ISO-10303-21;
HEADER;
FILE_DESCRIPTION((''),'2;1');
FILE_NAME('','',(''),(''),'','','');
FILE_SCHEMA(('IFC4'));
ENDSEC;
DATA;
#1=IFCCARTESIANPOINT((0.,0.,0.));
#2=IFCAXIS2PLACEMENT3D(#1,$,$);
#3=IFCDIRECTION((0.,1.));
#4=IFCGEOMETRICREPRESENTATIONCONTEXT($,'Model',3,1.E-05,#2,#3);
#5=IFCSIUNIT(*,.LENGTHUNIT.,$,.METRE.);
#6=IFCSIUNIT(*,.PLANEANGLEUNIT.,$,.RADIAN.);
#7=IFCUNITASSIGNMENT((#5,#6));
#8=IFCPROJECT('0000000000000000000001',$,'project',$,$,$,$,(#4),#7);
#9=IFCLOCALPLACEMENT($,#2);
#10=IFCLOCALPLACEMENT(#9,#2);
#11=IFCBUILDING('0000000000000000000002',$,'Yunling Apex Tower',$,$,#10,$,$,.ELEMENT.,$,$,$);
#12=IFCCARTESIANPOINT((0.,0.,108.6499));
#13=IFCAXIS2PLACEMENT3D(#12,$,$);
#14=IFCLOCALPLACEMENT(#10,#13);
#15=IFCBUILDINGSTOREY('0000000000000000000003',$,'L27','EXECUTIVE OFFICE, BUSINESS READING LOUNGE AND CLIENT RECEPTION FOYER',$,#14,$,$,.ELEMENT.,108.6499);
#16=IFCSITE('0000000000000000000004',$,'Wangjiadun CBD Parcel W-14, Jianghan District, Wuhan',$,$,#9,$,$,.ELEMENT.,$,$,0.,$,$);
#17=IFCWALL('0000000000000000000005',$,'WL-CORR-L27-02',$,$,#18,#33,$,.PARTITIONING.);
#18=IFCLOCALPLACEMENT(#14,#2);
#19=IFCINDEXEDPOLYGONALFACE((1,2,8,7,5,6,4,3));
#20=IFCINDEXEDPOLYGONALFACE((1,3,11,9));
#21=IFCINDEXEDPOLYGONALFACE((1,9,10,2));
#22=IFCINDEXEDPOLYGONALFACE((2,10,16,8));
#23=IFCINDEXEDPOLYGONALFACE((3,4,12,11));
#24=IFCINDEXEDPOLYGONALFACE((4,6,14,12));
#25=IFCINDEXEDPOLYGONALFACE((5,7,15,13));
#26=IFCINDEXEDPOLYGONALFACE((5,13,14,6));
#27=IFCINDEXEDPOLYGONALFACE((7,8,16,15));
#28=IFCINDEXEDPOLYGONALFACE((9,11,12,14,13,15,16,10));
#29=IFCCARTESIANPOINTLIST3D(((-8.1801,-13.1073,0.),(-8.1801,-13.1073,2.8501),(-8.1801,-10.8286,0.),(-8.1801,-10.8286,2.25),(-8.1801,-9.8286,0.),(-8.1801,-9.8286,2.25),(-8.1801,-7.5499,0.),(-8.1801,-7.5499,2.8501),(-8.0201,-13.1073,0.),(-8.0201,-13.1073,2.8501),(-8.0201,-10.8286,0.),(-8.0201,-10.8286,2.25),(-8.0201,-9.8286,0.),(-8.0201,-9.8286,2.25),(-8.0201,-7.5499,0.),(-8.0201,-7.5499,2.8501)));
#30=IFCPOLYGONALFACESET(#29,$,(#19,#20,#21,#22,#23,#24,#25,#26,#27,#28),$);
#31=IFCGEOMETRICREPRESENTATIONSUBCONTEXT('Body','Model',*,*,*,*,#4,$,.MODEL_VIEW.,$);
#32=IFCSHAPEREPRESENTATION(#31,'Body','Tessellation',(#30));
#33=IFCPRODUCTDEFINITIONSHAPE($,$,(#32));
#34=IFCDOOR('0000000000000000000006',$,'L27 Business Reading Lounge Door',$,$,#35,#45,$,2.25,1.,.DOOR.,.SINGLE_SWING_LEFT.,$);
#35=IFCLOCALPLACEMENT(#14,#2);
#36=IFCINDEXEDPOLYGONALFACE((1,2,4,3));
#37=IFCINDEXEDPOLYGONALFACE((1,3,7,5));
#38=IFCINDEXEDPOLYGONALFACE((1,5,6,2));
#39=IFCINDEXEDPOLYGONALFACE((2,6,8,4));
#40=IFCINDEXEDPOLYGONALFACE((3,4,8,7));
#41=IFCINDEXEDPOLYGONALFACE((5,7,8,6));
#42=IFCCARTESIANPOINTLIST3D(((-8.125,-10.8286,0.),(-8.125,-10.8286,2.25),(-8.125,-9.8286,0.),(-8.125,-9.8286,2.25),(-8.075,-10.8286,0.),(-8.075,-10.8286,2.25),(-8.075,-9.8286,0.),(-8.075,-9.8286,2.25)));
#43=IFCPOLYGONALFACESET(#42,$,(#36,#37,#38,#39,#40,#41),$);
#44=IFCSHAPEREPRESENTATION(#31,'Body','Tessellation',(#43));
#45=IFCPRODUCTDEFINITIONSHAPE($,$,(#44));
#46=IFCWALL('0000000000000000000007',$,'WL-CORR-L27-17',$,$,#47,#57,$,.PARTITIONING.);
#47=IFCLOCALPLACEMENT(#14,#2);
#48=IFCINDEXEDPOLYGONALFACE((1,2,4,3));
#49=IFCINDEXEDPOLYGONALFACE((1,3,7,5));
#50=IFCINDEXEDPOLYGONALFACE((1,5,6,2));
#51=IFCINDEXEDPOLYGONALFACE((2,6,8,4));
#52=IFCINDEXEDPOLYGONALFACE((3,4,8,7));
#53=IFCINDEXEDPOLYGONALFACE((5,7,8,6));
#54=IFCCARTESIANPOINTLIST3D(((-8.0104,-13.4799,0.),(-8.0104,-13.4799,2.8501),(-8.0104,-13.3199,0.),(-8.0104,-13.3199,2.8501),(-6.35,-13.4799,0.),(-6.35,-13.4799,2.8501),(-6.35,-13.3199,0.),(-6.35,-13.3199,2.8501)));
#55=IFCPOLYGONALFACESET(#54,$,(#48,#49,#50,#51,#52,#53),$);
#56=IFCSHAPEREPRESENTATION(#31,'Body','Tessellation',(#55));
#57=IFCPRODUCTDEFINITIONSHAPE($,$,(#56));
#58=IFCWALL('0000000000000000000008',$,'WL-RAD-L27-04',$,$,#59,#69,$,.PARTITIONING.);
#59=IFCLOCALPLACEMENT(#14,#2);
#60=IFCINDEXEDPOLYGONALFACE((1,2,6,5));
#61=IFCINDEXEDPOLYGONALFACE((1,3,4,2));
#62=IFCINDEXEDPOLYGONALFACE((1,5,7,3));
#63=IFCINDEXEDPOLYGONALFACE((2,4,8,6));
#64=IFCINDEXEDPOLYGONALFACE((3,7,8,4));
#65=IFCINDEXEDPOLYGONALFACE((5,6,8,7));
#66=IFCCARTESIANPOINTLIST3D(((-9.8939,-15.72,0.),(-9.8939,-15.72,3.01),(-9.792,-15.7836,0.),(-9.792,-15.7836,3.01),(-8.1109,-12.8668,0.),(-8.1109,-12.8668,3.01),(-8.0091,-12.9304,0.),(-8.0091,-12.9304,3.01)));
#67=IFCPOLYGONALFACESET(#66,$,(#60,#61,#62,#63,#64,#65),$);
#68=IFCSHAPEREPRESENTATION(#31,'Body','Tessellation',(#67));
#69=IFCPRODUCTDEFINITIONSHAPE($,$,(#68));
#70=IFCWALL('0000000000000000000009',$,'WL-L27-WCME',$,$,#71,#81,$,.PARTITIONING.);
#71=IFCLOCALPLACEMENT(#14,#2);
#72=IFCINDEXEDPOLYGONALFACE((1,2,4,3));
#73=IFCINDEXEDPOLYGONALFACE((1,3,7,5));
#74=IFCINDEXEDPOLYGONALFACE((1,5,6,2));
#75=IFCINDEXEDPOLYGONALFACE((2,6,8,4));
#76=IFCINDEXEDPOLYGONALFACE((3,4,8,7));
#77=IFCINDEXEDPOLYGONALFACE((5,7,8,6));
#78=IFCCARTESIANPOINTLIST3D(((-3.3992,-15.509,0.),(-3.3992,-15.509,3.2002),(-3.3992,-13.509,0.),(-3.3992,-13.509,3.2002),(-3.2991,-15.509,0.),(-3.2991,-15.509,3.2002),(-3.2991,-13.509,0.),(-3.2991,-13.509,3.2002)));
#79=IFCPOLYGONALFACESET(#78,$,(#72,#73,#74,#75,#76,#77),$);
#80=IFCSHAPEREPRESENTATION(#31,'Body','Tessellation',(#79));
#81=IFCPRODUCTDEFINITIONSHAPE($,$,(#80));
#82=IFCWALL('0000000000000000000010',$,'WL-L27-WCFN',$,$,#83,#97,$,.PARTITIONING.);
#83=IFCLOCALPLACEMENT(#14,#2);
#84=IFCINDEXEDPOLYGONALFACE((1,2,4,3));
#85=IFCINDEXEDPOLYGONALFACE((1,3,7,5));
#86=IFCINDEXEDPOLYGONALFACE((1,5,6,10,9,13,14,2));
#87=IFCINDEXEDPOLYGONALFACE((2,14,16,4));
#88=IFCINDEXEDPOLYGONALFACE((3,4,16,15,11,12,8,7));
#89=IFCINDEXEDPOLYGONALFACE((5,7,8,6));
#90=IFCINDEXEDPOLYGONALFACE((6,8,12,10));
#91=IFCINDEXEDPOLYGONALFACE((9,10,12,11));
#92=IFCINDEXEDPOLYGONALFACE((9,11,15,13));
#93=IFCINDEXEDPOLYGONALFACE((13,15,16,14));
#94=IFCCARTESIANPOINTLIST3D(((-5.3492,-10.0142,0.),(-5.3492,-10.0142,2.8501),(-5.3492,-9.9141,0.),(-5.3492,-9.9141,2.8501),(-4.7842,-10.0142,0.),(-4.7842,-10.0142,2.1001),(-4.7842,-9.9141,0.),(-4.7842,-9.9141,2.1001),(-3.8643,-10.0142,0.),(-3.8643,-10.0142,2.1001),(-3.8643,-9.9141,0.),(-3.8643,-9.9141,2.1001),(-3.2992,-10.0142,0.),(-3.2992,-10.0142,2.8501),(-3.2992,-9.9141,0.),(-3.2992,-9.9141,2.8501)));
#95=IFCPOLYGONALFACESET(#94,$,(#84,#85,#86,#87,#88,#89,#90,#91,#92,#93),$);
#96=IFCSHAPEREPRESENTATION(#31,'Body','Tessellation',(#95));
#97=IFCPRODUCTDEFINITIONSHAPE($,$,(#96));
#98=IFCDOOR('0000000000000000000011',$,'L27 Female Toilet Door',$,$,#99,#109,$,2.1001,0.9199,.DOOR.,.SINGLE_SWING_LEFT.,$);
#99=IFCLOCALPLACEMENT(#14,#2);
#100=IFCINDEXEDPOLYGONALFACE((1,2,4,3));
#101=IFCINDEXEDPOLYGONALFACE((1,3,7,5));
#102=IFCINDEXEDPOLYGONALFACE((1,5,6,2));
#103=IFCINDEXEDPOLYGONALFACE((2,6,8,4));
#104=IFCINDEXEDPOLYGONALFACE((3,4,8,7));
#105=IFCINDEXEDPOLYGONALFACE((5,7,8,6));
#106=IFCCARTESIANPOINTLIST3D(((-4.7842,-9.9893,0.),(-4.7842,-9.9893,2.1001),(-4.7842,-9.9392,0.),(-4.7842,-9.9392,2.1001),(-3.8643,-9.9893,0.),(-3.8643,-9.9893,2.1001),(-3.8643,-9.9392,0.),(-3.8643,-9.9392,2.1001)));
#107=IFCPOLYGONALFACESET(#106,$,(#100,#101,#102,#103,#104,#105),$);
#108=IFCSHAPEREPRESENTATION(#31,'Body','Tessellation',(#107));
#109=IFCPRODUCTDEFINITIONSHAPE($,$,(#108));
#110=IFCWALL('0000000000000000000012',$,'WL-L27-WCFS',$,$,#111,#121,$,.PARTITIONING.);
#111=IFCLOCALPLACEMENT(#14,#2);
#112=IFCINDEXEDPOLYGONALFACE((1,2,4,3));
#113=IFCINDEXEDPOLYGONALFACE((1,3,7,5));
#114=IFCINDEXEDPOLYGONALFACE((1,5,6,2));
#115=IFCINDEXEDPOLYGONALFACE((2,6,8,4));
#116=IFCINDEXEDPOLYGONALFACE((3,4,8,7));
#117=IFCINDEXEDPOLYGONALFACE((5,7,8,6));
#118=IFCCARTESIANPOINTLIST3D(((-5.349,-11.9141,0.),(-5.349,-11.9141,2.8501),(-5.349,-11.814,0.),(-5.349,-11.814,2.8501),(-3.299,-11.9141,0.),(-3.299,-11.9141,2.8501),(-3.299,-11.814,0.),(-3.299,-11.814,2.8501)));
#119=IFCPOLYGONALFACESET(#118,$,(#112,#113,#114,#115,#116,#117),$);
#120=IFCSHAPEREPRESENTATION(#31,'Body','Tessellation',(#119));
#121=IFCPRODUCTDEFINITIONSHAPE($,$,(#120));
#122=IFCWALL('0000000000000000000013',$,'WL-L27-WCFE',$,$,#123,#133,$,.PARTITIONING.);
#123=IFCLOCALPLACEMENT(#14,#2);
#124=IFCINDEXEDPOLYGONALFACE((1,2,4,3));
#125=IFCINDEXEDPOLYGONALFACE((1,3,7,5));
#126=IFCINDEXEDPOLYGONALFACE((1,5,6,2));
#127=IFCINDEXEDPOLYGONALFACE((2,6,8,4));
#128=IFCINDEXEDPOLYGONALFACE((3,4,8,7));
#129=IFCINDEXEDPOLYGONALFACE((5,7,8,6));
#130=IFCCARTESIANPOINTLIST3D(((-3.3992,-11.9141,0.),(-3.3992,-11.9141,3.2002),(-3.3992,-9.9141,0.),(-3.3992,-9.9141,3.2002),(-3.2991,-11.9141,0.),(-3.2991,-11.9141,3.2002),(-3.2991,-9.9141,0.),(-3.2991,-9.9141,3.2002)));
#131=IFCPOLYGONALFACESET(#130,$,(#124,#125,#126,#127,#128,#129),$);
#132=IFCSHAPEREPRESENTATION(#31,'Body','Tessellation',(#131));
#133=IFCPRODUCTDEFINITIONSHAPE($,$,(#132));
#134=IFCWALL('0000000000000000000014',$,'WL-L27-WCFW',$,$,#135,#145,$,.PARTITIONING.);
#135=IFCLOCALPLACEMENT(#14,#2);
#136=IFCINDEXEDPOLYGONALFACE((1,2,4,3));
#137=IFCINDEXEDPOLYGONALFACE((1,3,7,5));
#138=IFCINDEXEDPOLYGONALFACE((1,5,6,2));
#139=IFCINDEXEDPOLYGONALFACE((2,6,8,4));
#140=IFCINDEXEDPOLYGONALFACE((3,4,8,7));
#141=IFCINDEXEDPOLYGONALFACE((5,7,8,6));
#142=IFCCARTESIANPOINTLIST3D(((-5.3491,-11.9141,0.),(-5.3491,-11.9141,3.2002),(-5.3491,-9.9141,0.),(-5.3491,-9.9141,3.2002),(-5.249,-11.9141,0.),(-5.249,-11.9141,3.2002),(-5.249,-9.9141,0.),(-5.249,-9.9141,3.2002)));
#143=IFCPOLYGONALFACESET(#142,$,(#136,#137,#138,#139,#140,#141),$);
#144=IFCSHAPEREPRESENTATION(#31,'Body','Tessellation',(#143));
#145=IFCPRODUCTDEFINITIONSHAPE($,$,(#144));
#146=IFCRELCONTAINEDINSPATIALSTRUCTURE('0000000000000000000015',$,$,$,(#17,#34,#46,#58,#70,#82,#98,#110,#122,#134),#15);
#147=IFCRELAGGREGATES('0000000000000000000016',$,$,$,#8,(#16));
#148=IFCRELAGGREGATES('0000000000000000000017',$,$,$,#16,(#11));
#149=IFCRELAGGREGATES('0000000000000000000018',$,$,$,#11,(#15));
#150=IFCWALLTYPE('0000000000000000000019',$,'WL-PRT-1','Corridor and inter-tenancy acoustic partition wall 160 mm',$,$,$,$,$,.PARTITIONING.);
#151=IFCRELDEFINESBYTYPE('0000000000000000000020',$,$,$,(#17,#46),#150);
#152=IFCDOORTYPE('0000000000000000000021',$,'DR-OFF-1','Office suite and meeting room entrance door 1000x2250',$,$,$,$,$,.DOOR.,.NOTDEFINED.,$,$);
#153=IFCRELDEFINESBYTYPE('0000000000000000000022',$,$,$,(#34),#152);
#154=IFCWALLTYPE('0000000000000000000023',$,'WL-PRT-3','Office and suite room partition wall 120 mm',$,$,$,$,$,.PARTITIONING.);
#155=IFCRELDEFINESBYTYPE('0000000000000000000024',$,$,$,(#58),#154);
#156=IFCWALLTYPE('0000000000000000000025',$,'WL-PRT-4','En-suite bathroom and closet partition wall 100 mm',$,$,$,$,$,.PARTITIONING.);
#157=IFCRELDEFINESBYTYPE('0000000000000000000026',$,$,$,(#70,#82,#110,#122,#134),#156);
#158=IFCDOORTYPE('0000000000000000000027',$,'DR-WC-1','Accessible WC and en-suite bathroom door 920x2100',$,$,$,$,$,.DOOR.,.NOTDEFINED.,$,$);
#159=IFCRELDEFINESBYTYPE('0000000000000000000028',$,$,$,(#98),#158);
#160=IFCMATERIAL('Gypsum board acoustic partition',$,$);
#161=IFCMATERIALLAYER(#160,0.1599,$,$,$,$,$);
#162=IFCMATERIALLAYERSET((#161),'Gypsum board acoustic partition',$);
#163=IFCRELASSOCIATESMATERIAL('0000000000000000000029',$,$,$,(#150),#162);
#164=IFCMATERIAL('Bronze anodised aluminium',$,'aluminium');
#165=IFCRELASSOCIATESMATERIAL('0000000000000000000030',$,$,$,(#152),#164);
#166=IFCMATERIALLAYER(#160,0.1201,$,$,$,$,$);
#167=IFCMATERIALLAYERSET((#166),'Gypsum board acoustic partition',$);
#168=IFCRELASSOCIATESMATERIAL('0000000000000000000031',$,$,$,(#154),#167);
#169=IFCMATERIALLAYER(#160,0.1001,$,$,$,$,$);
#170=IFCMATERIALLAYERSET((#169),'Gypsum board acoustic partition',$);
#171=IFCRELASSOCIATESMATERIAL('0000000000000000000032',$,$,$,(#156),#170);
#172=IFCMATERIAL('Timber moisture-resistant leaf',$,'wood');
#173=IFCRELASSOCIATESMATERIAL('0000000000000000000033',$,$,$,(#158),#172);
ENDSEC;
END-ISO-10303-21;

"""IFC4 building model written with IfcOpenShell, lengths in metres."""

from ifc_helpers import new_model, si_unit, direction, frame, frame_2d, origin, place, context, subcontext, project, spatial, rectangle, extrude, material, layer, layer_set, type_object, element, fill, save


model = new_model("IFC4")

# Units and contexts
model_context = context("Model", 3, precision=1e-05, world=origin(), true_north=direction((0.0, 1.0)))
body_context = subcontext(model_context, "Body", "Model", "MODEL_VIEW")
ifc_project = project(units=[si_unit("LENGTHUNIT", "METRE"), si_unit("PLANEANGLEUNIT", "RADIAN")], contexts=[model_context])

# Site, building, storey
site_placement = place(None, origin())
site = spatial("IfcSite", under=ifc_project, at=site_placement, Name="Wangjiadun CBD Parcel W-14, Jianghan District, Wuhan", CompositionType="ELEMENT", RefElevation=0.0)
building_placement = place(site_placement, origin())
building = spatial("IfcBuilding", under=site, at=building_placement, Name="Yunling Apex Tower", CompositionType="ELEMENT")
storey_placement = place(building_placement, frame((0.0, 0.0, 108.6499)))
storey = spatial("IfcBuildingStorey", under=building, at=storey_placement, Name="L27", Description="EXECUTIVE OFFICE, BUSINESS READING LOUNGE AND CLIENT RECEPTION FOYER", CompositionType="ELEMENT", Elevation=108.6499)

# Shared definitions
ifc_material_1 = material(Name="Bronze anodised aluminium", Category="aluminium")

# Wall, opening, door
ifc_material_2 = material(Name="Gypsum board acoustic partition")
ifc_layer_1 = layer(ifc_material_2, 0.1599)
ifc_layer_set_1 = layer_set([ifc_layer_1], Name="Gypsum board acoustic partition")
wall_type_1 = type_object("IfcWallType", Name="WL-PRT-1", Description="Corridor and inter-tenancy acoustic partition wall 160 mm", PredefinedType="PARTITIONING", material=ifc_layer_set_1)
wall_1_placement = place(storey_placement, frame((-8.1001, -13.1074, 0.0), z_axis=(0.0, 0.0, 1.0), x_axis=(0.0, 1.0, 0.0)))
wall_1 = element("IfcWall", 1, at=wall_1_placement, inside=storey, type_object=wall_type_1, Name="WL-CORR-L27-02", PredefinedType="PARTITIONING", context=body_context, shape_type="SweptSolid", body=[
    extrude(rectangle(XDim=5.5574, YDim=0.1599, at=frame_2d((2.7788, 0.0))), origin(), (0.0, 0.0, 1.0), 2.8501),
])
opening_1_placement = place(wall_1_placement, frame((2.2788, 0.0, 0.0)))
opening_1 = element("IfcOpeningElement", 2, at=opening_1_placement, cuts=wall_1, PredefinedType="OPENING", context=body_context, shape_type="SweptSolid", body=[
    extrude(rectangle(XDim=1.0, YDim=2.25, at=frame_2d((0.5, 1.125))), frame((0.0, 0.0898, 0.0), z_axis=(0.0, -1.0, 0.0), x_axis=(1.0, 0.0, 0.0)), (0.0, 0.0, 1.0), 0.1799),
])
door_type_1 = type_object("IfcDoorType", Name="DR-OFF-1", Description="Office suite and meeting room entrance door 1000x2250", OperationType="NOTDEFINED", PredefinedType="DOOR", material=ifc_material_1)
door_1_placement = place(opening_1_placement, origin())
door_1 = element("IfcDoor", 3, at=door_1_placement, inside=storey, type_object=door_type_1, Name="L27 Business Reading Lounge Door", OperationType="SINGLE_SWING_LEFT", OverallHeight=2.25, OverallWidth=1.0, PredefinedType="DOOR", context=body_context, shape_type="SweptSolid", body=[
    extrude(rectangle(XDim=1.0, YDim=2.25, at=frame_2d((0.5, 1.125))), frame((0.0, 0.0249, 0.0), z_axis=(0.0, -1.0, 0.0), x_axis=(1.0, 0.0, 0.0)), (0.0, 0.0, 1.0), 0.05),
])
fill(opening_1, door_1)

# Walls
wall_2_placement = place(storey_placement, frame((-6.3501, -13.3999, 0.0), z_axis=(0.0, 0.0, 1.0), x_axis=(-1.0, 0.0, 0.0)))
element("IfcWall", 4, at=wall_2_placement, inside=storey, type_object=wall_type_1, Name="WL-CORR-L27-17", PredefinedType="PARTITIONING", context=body_context, shape_type="SweptSolid", body=[
    extrude(rectangle(XDim=1.6604, YDim=0.1599, at=frame_2d((0.8301, 0.0))), origin(), (0.0, 0.0, 1.0), 2.8501),
])
ifc_layer_2 = layer(ifc_material_2, 0.1201)
ifc_layer_set_2 = layer_set([ifc_layer_2], Name="Gypsum board acoustic partition")
wall_type_2 = type_object("IfcWallType", Name="WL-PRT-3", Description="Office and suite room partition wall 120 mm", PredefinedType="PARTITIONING", material=ifc_layer_set_2)
wall_3_placement = place(storey_placement, frame((-8.0601, -12.8987, 0.0), z_axis=(0.0, 0.0, 1.0), x_axis=(-0.529927, -0.848043, 0.0)))
element("IfcWall", 5, at=wall_3_placement, inside=storey, type_object=wall_type_2, Name="WL-RAD-L27-04", PredefinedType="PARTITIONING", context=body_context, shape_type="SweptSolid", body=[
    extrude(rectangle(XDim=3.3645, YDim=0.1201, at=frame_2d((1.6821, 0.0))), origin(), (0.0, 0.0, 1.0), 3.01),
])
ifc_layer_3 = layer(ifc_material_2, 0.1001)
ifc_layer_set_3 = layer_set([ifc_layer_3], Name="Gypsum board acoustic partition")
wall_type_3 = type_object("IfcWallType", Name="WL-PRT-4", Description="En-suite bathroom and closet partition wall 100 mm", PredefinedType="PARTITIONING", material=ifc_layer_set_3)
wall_4_placement = place(storey_placement, frame((-3.3491, -13.509, 0.0), z_axis=(0.0, 0.0, 1.0), x_axis=(0.0, -1.0, 0.0)))
element("IfcWall", 6, at=wall_4_placement, inside=storey, type_object=wall_type_3, Name="WL-L27-WCME", PredefinedType="PARTITIONING", context=body_context, shape_type="SweptSolid", body=[
    extrude(rectangle(XDim=2.0, YDim=0.1001, at=frame_2d((1.0, 0.0))), origin(), (0.0, 0.0, 1.0), 3.2002),
])

# Wall, opening, door
wall_5_placement = place(storey_placement, frame((-5.3491, -9.9641, 0.0), z_axis=(0.0, 0.0, 1.0), x_axis=(1.0, 0.0, 0.0)))
wall_5 = element("IfcWall", 7, at=wall_5_placement, inside=storey, type_object=wall_type_3, Name="WL-L27-WCFN", PredefinedType="PARTITIONING", context=body_context, shape_type="SweptSolid", body=[
    extrude(rectangle(XDim=2.05, YDim=0.1001, at=frame_2d((1.0249, 0.0))), origin(), (0.0, 0.0, 1.0), 2.8501),
])
opening_2_placement = place(wall_5_placement, frame((0.5649, 0.0, 0.0)))
opening_2 = element("IfcOpeningElement", 8, at=opening_2_placement, cuts=wall_5, PredefinedType="OPENING", context=body_context, shape_type="SweptSolid", body=[
    extrude(rectangle(XDim=0.9199, YDim=2.1001, at=frame_2d((0.46, 1.05))), frame((0.0, 0.0601, 0.0), z_axis=(0.0, -1.0, 0.0), x_axis=(1.0, 0.0, 0.0)), (0.0, 0.0, 1.0), 0.1201),
])
ifc_material_3 = material(Name="Timber moisture-resistant leaf", Category="wood")
door_type_2 = type_object("IfcDoorType", Name="DR-WC-1", Description="Accessible WC and en-suite bathroom door 920x2100", OperationType="NOTDEFINED", PredefinedType="DOOR", material=ifc_material_3)
door_2_placement = place(opening_2_placement, origin())
door_2 = element("IfcDoor", 9, at=door_2_placement, inside=storey, type_object=door_type_2, Name="L27 Female Toilet Door", OperationType="SINGLE_SWING_LEFT", OverallHeight=2.1001, OverallWidth=0.9199, PredefinedType="DOOR", context=body_context, shape_type="SweptSolid", body=[
    extrude(rectangle(XDim=0.9199, YDim=2.1001, at=frame_2d((0.46, 1.05))), frame((0.0, 0.0249, 0.0), z_axis=(0.0, -1.0, 0.0), x_axis=(1.0, 0.0, 0.0)), (0.0, 0.0, 1.0), 0.05),
])
fill(opening_2, door_2)

# Walls
wall_6_placement = place(storey_placement, frame((-3.2991, -11.864, 0.0), z_axis=(0.0, 0.0, 1.0), x_axis=(-1.0, 0.0, 0.0)))
element("IfcWall", 10, at=wall_6_placement, inside=storey, type_object=wall_type_3, Name="WL-L27-WCFS", PredefinedType="PARTITIONING", context=body_context, shape_type="SweptSolid", body=[
    extrude(rectangle(XDim=2.05, YDim=0.1001, at=frame_2d((1.0249, 0.0))), origin(), (0.0, 0.0, 1.0), 2.8501),
])
for number, where, z_axis, x_axis, name in (
    (11, (-3.3491, -9.9141, 0.0), (0.0, 0.0, 1.0), (0.0, -1.0, 0.0), "WL-L27-WCFE"),
    (12, (-5.2991, -11.9141, 0.0), (0.0, 0.0, 1.0), (0.0, 1.0, 0.0), "WL-L27-WCFW"),
):
    element("IfcWall", number, at=place(storey_placement, frame(where, z_axis=z_axis, x_axis=x_axis)), inside=storey, type_object=wall_type_3, Name=name, PredefinedType="PARTITIONING", context=body_context, shape_type="SweptSolid", body=[
        extrude(rectangle(XDim=2.0, YDim=0.1001, at=frame_2d((1.0, 0.0))), origin(), (0.0, 0.0, 1.0), 3.2002),
    ])

save(model, "model.ifc")
